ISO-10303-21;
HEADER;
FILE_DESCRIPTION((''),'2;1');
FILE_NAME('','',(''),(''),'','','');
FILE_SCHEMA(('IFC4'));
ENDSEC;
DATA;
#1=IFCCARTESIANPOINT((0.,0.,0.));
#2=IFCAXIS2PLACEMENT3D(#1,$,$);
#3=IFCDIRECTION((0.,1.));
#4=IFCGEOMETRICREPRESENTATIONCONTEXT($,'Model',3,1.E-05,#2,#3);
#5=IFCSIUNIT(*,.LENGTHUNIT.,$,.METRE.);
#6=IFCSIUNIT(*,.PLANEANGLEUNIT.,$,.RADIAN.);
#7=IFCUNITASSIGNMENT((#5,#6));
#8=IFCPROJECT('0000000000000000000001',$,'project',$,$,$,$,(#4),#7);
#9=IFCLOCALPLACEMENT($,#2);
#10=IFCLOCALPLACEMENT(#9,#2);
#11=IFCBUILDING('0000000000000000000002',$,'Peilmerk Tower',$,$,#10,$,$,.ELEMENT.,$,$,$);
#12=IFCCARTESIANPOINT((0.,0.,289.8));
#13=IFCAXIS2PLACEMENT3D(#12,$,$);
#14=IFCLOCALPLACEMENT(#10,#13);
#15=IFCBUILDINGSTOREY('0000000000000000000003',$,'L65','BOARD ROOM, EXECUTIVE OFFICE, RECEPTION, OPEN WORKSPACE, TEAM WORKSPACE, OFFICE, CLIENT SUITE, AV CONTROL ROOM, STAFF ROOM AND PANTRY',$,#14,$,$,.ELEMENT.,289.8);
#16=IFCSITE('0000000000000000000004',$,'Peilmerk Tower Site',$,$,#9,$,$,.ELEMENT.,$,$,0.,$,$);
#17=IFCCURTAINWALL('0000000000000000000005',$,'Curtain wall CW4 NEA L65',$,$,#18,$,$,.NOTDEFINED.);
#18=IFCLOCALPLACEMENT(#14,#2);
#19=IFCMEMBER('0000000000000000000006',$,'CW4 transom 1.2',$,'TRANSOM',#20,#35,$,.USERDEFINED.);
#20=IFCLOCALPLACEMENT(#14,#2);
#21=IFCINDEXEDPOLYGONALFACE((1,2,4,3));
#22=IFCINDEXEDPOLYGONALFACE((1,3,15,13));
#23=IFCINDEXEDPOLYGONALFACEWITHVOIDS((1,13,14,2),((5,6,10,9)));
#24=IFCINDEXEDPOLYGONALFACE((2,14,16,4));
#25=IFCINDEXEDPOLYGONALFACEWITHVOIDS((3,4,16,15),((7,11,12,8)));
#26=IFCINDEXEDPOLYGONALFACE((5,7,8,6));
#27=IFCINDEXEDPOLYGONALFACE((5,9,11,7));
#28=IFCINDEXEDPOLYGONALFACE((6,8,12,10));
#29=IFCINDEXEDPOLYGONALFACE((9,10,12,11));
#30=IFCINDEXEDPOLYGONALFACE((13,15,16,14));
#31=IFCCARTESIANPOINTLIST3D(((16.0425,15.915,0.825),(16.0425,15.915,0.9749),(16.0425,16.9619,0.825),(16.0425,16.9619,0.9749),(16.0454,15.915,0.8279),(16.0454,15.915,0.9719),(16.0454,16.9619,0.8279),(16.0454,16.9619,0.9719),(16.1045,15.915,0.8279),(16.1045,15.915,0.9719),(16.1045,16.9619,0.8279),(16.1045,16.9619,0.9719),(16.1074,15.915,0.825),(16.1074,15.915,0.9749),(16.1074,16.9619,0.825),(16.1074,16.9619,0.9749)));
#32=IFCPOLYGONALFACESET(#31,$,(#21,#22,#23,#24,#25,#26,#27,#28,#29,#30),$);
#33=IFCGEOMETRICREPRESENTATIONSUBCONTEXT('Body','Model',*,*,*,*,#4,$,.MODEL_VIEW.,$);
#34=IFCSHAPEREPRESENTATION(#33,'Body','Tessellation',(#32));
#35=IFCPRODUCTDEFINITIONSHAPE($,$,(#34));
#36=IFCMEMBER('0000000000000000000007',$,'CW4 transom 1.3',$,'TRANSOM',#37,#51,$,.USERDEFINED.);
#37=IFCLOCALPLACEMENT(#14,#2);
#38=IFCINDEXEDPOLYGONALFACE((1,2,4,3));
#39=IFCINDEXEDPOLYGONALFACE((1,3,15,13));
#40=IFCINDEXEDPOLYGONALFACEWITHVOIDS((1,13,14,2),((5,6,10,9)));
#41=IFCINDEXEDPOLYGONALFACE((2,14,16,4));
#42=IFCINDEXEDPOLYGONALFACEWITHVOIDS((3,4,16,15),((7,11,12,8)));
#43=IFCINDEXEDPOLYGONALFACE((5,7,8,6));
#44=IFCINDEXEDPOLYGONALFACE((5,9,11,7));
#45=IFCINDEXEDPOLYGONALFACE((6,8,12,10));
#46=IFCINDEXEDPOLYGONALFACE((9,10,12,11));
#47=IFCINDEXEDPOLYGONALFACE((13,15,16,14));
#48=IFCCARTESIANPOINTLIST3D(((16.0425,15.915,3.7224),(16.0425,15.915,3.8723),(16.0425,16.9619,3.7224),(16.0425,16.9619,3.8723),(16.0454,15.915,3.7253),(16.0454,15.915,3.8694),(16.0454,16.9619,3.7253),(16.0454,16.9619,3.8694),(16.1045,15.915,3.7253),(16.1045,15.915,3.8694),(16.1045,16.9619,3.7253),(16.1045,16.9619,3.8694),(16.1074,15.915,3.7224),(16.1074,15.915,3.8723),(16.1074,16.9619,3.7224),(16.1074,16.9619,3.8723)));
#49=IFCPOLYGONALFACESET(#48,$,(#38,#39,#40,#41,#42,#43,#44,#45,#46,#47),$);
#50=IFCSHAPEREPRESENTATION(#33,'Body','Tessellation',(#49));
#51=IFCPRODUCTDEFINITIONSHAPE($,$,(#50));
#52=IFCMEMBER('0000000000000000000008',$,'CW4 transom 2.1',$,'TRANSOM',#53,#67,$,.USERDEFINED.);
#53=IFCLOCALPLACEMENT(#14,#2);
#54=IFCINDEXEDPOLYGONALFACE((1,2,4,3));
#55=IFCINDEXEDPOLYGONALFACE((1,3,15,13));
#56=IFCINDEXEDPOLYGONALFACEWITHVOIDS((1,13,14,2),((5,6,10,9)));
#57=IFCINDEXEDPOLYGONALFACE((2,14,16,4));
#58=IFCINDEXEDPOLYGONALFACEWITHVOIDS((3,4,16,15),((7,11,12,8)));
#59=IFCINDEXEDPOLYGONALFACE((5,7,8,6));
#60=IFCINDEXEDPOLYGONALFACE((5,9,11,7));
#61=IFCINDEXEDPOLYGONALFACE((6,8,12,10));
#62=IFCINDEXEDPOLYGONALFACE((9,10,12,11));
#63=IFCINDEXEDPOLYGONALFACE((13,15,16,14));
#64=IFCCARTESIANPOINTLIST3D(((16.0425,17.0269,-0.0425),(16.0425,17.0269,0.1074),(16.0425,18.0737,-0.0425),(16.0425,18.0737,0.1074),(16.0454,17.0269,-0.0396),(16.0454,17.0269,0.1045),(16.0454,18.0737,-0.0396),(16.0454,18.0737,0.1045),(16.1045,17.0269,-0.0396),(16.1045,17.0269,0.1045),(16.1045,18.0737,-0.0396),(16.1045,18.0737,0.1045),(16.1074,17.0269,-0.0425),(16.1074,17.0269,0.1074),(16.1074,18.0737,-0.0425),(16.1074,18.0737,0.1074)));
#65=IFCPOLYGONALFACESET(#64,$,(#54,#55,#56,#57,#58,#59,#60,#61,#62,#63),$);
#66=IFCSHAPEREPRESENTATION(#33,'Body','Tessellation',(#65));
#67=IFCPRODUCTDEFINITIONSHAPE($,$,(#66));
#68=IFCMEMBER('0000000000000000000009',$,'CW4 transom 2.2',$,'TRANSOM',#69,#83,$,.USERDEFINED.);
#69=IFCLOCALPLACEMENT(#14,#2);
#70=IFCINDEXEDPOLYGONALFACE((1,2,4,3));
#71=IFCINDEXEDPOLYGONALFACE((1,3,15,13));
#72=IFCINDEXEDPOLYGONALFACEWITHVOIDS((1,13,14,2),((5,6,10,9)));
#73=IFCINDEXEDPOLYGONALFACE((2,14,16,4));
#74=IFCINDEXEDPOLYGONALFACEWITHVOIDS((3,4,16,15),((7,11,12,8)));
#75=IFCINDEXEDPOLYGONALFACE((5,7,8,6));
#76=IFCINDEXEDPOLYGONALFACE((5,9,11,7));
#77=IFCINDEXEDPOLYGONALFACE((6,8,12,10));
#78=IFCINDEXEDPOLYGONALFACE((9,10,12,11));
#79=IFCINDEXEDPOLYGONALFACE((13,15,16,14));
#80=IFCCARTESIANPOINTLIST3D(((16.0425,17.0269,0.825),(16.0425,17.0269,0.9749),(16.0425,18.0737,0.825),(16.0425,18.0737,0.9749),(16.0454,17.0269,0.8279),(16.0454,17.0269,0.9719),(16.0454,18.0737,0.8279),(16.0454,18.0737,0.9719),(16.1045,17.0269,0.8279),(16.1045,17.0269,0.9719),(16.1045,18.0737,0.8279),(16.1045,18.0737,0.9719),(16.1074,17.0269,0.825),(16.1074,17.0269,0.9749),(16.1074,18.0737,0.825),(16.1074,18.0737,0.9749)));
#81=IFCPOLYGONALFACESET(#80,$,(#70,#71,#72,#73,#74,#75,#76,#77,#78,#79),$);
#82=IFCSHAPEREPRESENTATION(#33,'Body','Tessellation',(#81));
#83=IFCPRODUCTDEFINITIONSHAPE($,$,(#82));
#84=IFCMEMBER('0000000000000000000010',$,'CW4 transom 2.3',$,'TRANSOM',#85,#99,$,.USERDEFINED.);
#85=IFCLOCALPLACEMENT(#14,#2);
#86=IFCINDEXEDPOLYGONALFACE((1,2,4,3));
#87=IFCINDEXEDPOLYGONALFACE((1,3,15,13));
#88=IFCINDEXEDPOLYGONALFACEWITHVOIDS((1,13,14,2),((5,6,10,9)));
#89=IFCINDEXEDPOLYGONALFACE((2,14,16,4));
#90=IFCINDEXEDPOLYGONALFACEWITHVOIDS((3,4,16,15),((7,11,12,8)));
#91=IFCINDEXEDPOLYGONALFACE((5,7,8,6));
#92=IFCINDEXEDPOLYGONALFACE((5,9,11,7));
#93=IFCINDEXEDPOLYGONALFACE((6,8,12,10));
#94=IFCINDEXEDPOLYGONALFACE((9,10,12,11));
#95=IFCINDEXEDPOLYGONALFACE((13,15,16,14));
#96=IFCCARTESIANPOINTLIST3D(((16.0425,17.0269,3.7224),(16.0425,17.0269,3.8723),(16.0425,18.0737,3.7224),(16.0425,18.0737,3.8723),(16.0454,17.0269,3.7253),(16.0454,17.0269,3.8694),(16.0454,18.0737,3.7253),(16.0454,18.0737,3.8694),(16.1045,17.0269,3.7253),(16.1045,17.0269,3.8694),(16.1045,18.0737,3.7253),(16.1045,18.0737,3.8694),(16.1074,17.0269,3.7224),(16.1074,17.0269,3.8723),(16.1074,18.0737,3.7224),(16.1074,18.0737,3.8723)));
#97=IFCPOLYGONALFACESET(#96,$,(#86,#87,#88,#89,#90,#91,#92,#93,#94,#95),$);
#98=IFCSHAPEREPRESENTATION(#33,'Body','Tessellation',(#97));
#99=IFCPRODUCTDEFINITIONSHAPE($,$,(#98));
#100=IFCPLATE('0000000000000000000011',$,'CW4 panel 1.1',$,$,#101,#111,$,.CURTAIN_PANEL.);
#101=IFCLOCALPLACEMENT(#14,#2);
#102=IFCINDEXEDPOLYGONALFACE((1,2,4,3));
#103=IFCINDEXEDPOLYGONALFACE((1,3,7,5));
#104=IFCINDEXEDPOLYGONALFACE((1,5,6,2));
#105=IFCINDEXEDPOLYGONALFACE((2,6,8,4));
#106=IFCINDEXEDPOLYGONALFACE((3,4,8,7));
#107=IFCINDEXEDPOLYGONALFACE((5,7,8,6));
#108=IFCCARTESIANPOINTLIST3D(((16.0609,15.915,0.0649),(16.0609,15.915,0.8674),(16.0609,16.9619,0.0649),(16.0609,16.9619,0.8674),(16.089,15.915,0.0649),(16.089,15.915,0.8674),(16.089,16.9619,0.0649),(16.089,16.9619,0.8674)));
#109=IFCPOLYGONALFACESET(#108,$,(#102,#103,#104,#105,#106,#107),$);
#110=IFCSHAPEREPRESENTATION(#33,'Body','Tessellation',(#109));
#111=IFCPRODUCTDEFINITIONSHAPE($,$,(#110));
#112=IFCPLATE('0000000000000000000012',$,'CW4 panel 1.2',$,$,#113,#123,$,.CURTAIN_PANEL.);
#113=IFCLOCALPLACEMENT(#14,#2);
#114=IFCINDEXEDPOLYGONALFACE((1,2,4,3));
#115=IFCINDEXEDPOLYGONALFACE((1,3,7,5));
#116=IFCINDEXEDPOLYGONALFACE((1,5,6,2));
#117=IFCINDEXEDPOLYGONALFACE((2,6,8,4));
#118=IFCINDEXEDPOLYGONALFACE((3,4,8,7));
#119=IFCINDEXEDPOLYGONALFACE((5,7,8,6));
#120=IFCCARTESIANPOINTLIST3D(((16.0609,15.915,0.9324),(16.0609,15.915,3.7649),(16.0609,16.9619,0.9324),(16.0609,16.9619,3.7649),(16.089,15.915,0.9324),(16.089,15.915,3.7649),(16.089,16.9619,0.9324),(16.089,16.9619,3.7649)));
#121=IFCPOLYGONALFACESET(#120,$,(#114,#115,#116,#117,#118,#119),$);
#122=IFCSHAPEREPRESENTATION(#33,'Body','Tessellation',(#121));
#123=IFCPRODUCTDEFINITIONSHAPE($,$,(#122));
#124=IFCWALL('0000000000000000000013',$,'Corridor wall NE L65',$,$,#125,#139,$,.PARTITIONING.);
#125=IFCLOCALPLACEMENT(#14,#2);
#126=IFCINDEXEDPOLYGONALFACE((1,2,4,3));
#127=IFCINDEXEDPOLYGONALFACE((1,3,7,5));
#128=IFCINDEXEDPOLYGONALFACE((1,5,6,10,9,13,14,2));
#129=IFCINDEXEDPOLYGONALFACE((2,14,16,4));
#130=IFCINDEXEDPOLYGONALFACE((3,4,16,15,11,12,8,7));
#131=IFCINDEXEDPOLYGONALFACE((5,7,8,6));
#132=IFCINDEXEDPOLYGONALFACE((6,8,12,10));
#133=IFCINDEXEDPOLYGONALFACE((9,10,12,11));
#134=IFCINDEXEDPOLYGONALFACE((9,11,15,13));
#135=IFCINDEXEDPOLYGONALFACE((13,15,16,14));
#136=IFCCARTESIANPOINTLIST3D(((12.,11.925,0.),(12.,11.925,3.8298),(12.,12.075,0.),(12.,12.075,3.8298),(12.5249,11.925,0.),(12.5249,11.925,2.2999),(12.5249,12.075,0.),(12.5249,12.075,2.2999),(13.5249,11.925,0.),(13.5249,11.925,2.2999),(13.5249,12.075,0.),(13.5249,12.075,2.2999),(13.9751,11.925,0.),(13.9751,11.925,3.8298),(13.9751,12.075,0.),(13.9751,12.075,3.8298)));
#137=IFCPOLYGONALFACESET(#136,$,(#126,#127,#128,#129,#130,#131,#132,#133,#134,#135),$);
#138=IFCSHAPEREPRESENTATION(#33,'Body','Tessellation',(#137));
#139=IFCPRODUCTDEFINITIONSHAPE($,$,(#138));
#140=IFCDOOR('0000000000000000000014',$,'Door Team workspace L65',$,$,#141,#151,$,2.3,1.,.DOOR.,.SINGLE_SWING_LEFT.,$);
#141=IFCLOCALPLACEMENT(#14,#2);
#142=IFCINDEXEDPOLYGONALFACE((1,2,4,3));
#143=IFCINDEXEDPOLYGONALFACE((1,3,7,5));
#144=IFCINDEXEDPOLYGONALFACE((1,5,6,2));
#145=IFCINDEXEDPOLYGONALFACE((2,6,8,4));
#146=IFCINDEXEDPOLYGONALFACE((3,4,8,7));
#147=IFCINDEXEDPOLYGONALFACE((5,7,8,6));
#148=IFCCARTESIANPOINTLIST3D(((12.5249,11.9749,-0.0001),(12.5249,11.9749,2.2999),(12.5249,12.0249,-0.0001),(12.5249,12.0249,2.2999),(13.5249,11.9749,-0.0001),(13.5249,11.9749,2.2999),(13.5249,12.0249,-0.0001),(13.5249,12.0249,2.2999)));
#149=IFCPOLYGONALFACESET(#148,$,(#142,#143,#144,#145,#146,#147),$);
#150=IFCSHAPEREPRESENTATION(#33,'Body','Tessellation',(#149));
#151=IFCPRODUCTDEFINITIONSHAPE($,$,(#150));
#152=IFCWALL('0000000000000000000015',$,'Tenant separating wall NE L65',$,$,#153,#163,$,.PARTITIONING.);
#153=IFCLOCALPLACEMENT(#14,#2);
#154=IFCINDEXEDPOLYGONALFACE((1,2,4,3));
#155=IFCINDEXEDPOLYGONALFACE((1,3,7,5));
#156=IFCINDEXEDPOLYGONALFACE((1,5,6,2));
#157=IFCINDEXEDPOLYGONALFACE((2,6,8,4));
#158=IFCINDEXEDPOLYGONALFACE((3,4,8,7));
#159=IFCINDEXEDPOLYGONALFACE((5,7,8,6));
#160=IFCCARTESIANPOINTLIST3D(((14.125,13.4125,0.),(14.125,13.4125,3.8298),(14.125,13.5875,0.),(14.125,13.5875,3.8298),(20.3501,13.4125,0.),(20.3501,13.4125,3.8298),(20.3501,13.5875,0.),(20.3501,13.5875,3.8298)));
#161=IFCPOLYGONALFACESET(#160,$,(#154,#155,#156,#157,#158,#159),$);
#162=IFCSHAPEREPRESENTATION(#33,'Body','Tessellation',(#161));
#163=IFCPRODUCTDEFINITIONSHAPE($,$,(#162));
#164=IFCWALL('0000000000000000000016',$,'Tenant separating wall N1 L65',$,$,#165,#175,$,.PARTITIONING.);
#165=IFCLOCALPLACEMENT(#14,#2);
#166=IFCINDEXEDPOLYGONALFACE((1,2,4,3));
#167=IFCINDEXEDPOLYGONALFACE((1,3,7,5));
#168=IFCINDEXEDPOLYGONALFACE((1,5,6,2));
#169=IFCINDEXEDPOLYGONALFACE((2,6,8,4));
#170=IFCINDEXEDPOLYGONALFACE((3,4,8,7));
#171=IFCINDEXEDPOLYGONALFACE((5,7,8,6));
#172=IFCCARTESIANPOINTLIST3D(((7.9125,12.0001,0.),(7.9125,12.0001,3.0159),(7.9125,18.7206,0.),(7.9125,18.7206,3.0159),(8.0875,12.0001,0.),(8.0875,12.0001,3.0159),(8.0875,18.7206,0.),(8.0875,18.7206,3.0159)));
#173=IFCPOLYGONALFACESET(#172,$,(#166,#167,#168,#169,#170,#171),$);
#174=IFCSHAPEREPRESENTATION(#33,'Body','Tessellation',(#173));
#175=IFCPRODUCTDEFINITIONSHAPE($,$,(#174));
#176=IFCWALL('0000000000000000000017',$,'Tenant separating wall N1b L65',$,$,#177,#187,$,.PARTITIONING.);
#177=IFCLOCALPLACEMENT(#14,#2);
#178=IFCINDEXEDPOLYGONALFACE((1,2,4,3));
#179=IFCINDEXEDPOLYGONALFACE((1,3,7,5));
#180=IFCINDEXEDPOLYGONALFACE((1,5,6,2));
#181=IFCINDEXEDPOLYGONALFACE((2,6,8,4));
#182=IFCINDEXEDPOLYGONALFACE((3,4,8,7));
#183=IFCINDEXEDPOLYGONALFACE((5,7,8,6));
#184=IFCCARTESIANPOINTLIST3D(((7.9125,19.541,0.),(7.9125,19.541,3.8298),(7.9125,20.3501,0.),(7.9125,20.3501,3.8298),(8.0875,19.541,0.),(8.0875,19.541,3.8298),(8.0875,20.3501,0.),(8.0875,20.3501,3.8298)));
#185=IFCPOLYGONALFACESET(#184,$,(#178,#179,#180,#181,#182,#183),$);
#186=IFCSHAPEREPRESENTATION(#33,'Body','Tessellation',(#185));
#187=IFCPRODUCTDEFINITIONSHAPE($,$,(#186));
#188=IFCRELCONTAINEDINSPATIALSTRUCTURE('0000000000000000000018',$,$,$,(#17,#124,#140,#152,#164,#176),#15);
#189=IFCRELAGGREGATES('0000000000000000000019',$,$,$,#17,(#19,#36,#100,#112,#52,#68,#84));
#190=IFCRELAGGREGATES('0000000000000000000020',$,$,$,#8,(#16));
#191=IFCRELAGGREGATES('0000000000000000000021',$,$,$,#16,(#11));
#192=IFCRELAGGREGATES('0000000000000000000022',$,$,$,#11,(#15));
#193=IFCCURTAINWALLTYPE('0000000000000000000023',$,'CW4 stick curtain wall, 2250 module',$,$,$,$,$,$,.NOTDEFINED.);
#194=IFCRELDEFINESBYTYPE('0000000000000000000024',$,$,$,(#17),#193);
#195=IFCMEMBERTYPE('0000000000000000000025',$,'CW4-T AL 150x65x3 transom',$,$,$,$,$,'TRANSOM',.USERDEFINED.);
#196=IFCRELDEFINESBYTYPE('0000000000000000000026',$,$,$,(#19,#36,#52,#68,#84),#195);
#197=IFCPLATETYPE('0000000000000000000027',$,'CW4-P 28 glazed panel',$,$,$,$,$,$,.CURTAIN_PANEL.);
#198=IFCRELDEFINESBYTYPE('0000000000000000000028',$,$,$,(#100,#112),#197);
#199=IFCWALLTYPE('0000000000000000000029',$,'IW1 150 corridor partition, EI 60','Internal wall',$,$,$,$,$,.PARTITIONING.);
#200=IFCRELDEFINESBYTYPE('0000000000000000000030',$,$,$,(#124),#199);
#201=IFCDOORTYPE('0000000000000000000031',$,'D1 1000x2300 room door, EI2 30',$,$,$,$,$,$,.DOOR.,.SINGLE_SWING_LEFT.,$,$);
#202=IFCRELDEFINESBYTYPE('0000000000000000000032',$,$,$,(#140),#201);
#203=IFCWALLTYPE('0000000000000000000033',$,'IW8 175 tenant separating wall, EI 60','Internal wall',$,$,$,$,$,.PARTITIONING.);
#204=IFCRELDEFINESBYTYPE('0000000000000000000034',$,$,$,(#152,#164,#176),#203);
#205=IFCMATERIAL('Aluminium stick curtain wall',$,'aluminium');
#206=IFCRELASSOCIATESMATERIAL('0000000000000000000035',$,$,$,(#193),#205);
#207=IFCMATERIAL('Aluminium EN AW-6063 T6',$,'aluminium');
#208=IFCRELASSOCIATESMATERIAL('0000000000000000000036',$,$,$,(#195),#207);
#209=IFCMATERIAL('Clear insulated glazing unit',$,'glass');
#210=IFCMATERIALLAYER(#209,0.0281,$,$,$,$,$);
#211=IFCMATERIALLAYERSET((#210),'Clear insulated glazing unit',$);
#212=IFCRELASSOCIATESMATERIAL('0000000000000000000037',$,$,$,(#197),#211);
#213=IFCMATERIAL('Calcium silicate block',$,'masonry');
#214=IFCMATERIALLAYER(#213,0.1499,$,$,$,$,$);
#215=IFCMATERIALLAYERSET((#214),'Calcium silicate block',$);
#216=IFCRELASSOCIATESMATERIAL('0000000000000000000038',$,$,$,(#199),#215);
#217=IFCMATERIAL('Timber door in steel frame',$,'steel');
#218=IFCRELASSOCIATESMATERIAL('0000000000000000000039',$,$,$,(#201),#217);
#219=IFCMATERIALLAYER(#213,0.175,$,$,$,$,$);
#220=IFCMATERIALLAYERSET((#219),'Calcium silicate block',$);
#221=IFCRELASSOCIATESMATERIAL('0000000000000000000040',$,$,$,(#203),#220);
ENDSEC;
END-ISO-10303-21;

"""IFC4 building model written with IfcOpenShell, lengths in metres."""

from ifc_helpers import new_model, si_unit, direction, frame, frame_2d, origin, origin_2d, place, context, subcontext, project, spatial, rectangle, hollow_rectangle, extrude, material, layer, layer_set, material_profile, profile_set, type_object, element, fill, aggregate, save


model = new_model("IFC4")

# Units and contexts
model_context = context("Model", 3, precision=1e-05, world=origin(), true_north=direction((0.0, 1.0)))
body_context = subcontext(model_context, "Body", "Model", "MODEL_VIEW")
ifc_project = project(units=[si_unit("LENGTHUNIT", "METRE"), si_unit("PLANEANGLEUNIT", "RADIAN")], contexts=[model_context])

# Site, building, storey
site_placement = place(None, origin())
site = spatial("IfcSite", under=ifc_project, at=site_placement, Name="Peilmerk Tower Site", CompositionType="ELEMENT", RefElevation=0.0)
building_placement = place(site_placement, origin())
building = spatial("IfcBuilding", under=site, at=building_placement, Name="Peilmerk Tower", CompositionType="ELEMENT")
storey_placement = place(building_placement, frame((0.0, 0.0, 289.8)))
storey = spatial("IfcBuildingStorey", under=building, at=storey_placement, Name="L65", Description="BOARD ROOM, EXECUTIVE OFFICE, RECEPTION, OPEN WORKSPACE, TEAM WORKSPACE, OFFICE, CLIENT SUITE, AV CONTROL ROOM, STAFF ROOM AND PANTRY", CompositionType="ELEMENT", Elevation=289.8)

# Curtain wall, members, plates
ifc_material_1 = material(Name="Aluminium stick curtain wall", Category="aluminium")
curtain_wall_type = type_object("IfcCurtainWallType", Name="CW4 stick curtain wall, 2250 module", PredefinedType="NOTDEFINED", material=ifc_material_1)
curtain_wall_placement = place(storey_placement, origin())
curtain_wall = element("IfcCurtainWall", 1, at=curtain_wall_placement, inside=storey, type_object=curtain_wall_type, Name="Curtain wall CW4 NEA L65", PredefinedType="NOTDEFINED")
ifc_material_2 = material(Name="Aluminium EN AW-6063 T6", Category="aluminium")
ifc_material_profile_1 = material_profile(ifc_material_2, hollow_rectangle(XDim=0.0649, YDim=0.1499, WallThickness=0.0029, at=origin_2d()), Name="AL 150x65x3")
ifc_profile_set_1 = profile_set([ifc_material_profile_1], Name="Aluminium EN AW-6063 T6")
member_type_1 = type_object("IfcMemberType", Name="CW4-T AL 150x65x3 transom", ElementType="TRANSOM", PredefinedType="USERDEFINED", material=ifc_profile_set_1)
member_1_placement = place(storey_placement, frame((16.075, 15.915, 0.8999), z_axis=(0.0, 1.0, 0.0), x_axis=(-1.0, 0.0, 0.0)))
member_1 = element("IfcMember", 2, at=member_1_placement, type_object=member_type_1, Name="CW4 transom 1.2", ObjectType="TRANSOM", PredefinedType="USERDEFINED", context=body_context, shape_type="SweptSolid", body=[
    extrude(hollow_rectangle(XDim=0.0649, YDim=0.1499, WallThickness=0.0029, at=origin_2d()), origin(), (0.0, 0.0, 1.0), 1.0469),
])
member_2_placement = place(storey_placement, frame((16.075, 15.915, 3.7974), z_axis=(0.0, 1.0, 0.0), x_axis=(-1.0, 0.0, 0.0)))
member_2 = element("IfcMember", 3, at=member_2_placement, type_object=member_type_1, Name="CW4 transom 1.3", ObjectType="TRANSOM", PredefinedType="USERDEFINED", context=body_context, shape_type="SweptSolid", body=[
    extrude(hollow_rectangle(XDim=0.0649, YDim=0.1499, WallThickness=0.0029, at=origin_2d()), origin(), (0.0, 0.0, 1.0), 1.0469),
])
member_3_placement = place(storey_placement, frame((16.075, 17.0269, 0.0325), z_axis=(0.0, 1.0, 0.0), x_axis=(-1.0, 0.0, 0.0)))
member_3 = element("IfcMember", 4, at=member_3_placement, type_object=member_type_1, Name="CW4 transom 2.1", ObjectType="TRANSOM", PredefinedType="USERDEFINED", context=body_context, shape_type="SweptSolid", body=[
    extrude(hollow_rectangle(XDim=0.0649, YDim=0.1499, WallThickness=0.0029, at=origin_2d()), origin(), (0.0, 0.0, 1.0), 1.0469),
])
member_4_placement = place(storey_placement, frame((16.075, 17.0269, 0.8999), z_axis=(0.0, 1.0, 0.0), x_axis=(-1.0, 0.0, 0.0)))
member_4 = element("IfcMember", 5, at=member_4_placement, type_object=member_type_1, Name="CW4 transom 2.2", ObjectType="TRANSOM", PredefinedType="USERDEFINED", context=body_context, shape_type="SweptSolid", body=[
    extrude(hollow_rectangle(XDim=0.0649, YDim=0.1499, WallThickness=0.0029, at=origin_2d()), origin(), (0.0, 0.0, 1.0), 1.0469),
])
member_5_placement = place(storey_placement, frame((16.075, 17.0269, 3.7974), z_axis=(0.0, 1.0, 0.0), x_axis=(-1.0, 0.0, 0.0)))
member_5 = element("IfcMember", 6, at=member_5_placement, type_object=member_type_1, Name="CW4 transom 2.3", ObjectType="TRANSOM", PredefinedType="USERDEFINED", context=body_context, shape_type="SweptSolid", body=[
    extrude(hollow_rectangle(XDim=0.0649, YDim=0.1499, WallThickness=0.0029, at=origin_2d()), origin(), (0.0, 0.0, 1.0), 1.0469),
])
ifc_material_3 = material(Name="Clear insulated glazing unit", Category="glass")
ifc_layer_1 = layer(ifc_material_3, 0.0281)
ifc_layer_set_1 = layer_set([ifc_layer_1], Name="Clear insulated glazing unit")
plate_type = type_object("IfcPlateType", Name="CW4-P 28 glazed panel", PredefinedType="CURTAIN_PANEL", material=ifc_layer_set_1)
plate_1_placement = place(storey_placement, frame((16.075, 16.4385, 0.0649), z_axis=(0.0, 0.0, 1.0), x_axis=(0.0, 1.0, 0.0)))
plate_1 = element("IfcPlate", 7, at=plate_1_placement, type_object=plate_type, Name="CW4 panel 1.1", PredefinedType="CURTAIN_PANEL", context=body_context, shape_type="SweptSolid", body=[
    extrude(rectangle(XDim=1.0469, YDim=0.0281, at=origin_2d()), origin(), (0.0, 0.0, 1.0), 0.8025),
])
plate_2_placement = place(storey_placement, frame((16.075, 16.4385, 0.9324), z_axis=(0.0, 0.0, 1.0), x_axis=(0.0, 1.0, 0.0)))
plate_2 = element("IfcPlate", 8, at=plate_2_placement, type_object=plate_type, Name="CW4 panel 1.2", PredefinedType="CURTAIN_PANEL", context=body_context, shape_type="SweptSolid", body=[
    extrude(rectangle(XDim=1.0469, YDim=0.0281, at=origin_2d()), origin(), (0.0, 0.0, 1.0), 2.8325),
])
aggregate(curtain_wall, [member_1, member_2, plate_1, plate_2, member_3, member_4, member_5])

# Wall, opening, door
ifc_material_4 = material(Name="Calcium silicate block", Category="masonry")
ifc_layer_2 = layer(ifc_material_4, 0.1499)
ifc_layer_set_2 = layer_set([ifc_layer_2], Name="Calcium silicate block")
wall_type_1 = type_object("IfcWallType", Name="IW1 150 corridor partition, EI 60", Description="Internal wall", PredefinedType="PARTITIONING", material=ifc_layer_set_2)
wall_1_placement = place(storey_placement, frame((12.0, 12.0, 0.0), z_axis=(0.0, 0.0, 1.0), x_axis=(1.0, 0.0, 0.0)))
wall_1 = element("IfcWall", 9, at=wall_1_placement, inside=storey, type_object=wall_type_1, Name="Corridor wall NE L65", PredefinedType="PARTITIONING", context=body_context, shape_type="SweptSolid", body=[
    extrude(rectangle(XDim=1.9751, YDim=0.1499, at=frame_2d((0.9875, 0.0))), origin(), (0.0, 0.0, 1.0), 3.8298),
])
opening_placement = place(wall_1_placement, frame((0.5249, 0.0, 0.0)))
opening = element("IfcOpeningElement", 10, at=opening_placement, cuts=wall_1, PredefinedType="OPENING", context=body_context, shape_type="SweptSolid", body=[
    extrude(rectangle(XDim=1.0, YDim=2.3, at=frame_2d((0.5, 1.1499))), frame((0.0, 0.085, 0.0), z_axis=(0.0, -1.0, 0.0), x_axis=(1.0, 0.0, 0.0)), (0.0, 0.0, 1.0), 0.1699),
])
ifc_material_5 = material(Name="Timber door in steel frame", Category="steel")
door_type = type_object("IfcDoorType", Name="D1 1000x2300 room door, EI2 30", OperationType="SINGLE_SWING_LEFT", PredefinedType="DOOR", material=ifc_material_5)
door_placement = place(opening_placement, origin())
door = element("IfcDoor", 11, at=door_placement, inside=storey, type_object=door_type, Name="Door Team workspace L65", OperationType="SINGLE_SWING_LEFT", OverallHeight=2.3, OverallWidth=1.0, PredefinedType="DOOR", context=body_context, shape_type="SweptSolid", body=[
    extrude(rectangle(XDim=1.0, YDim=2.3, at=frame_2d((0.5, 1.1499))), frame((0.0, 0.0249, 0.0), z_axis=(0.0, -1.0, 0.0), x_axis=(1.0, 0.0, 0.0)), (0.0, 0.0, 1.0), 0.05),
])
fill(opening, door)

# Walls
ifc_layer_3 = layer(ifc_material_4, 0.175)
ifc_layer_set_3 = layer_set([ifc_layer_3], Name="Calcium silicate block")
wall_type_2 = type_object("IfcWallType", Name="IW8 175 tenant separating wall, EI 60", Description="Internal wall", PredefinedType="PARTITIONING", material=ifc_layer_set_3)
wall_2_placement = place(storey_placement, frame((14.125, 13.5, 0.0), z_axis=(0.0, 0.0, 1.0), x_axis=(1.0, 0.0, 0.0)))
element("IfcWall", 12, at=wall_2_placement, inside=storey, type_object=wall_type_2, Name="Tenant separating wall NE L65", PredefinedType="PARTITIONING", context=body_context, shape_type="SweptSolid", body=[
    extrude(rectangle(XDim=6.2251, YDim=0.175, at=frame_2d((3.1125, 0.0))), origin(), (0.0, 0.0, 1.0), 3.8298),
])
wall_3_placement = place(storey_placement, frame((8.0, 12.0, 0.0), z_axis=(0.0, 0.0, 1.0), x_axis=(0.0, 1.0, 0.0)))
element("IfcWall", 13, at=wall_3_placement, inside=storey, type_object=wall_type_2, Name="Tenant separating wall N1 L65", PredefinedType="PARTITIONING", context=body_context, shape_type="SweptSolid", body=[
    extrude(rectangle(XDim=6.7205, YDim=0.175, at=frame_2d((3.3604, 0.0))), origin(), (0.0, 0.0, 1.0), 3.0159),
])
wall_4_placement = place(storey_placement, frame((8.0, 19.541, 0.0), z_axis=(0.0, 0.0, 1.0), x_axis=(0.0, 1.0, 0.0)))
element("IfcWall", 14, at=wall_4_placement, inside=storey, type_object=wall_type_2, Name="Tenant separating wall N1b L65", PredefinedType="PARTITIONING", context=body_context, shape_type="SweptSolid", body=[
    extrude(rectangle(XDim=0.8091, YDim=0.175, at=frame_2d((0.4045, 0.0))), origin(), (0.0, 0.0, 1.0), 3.8298),
])

save(model, "model.ifc")
